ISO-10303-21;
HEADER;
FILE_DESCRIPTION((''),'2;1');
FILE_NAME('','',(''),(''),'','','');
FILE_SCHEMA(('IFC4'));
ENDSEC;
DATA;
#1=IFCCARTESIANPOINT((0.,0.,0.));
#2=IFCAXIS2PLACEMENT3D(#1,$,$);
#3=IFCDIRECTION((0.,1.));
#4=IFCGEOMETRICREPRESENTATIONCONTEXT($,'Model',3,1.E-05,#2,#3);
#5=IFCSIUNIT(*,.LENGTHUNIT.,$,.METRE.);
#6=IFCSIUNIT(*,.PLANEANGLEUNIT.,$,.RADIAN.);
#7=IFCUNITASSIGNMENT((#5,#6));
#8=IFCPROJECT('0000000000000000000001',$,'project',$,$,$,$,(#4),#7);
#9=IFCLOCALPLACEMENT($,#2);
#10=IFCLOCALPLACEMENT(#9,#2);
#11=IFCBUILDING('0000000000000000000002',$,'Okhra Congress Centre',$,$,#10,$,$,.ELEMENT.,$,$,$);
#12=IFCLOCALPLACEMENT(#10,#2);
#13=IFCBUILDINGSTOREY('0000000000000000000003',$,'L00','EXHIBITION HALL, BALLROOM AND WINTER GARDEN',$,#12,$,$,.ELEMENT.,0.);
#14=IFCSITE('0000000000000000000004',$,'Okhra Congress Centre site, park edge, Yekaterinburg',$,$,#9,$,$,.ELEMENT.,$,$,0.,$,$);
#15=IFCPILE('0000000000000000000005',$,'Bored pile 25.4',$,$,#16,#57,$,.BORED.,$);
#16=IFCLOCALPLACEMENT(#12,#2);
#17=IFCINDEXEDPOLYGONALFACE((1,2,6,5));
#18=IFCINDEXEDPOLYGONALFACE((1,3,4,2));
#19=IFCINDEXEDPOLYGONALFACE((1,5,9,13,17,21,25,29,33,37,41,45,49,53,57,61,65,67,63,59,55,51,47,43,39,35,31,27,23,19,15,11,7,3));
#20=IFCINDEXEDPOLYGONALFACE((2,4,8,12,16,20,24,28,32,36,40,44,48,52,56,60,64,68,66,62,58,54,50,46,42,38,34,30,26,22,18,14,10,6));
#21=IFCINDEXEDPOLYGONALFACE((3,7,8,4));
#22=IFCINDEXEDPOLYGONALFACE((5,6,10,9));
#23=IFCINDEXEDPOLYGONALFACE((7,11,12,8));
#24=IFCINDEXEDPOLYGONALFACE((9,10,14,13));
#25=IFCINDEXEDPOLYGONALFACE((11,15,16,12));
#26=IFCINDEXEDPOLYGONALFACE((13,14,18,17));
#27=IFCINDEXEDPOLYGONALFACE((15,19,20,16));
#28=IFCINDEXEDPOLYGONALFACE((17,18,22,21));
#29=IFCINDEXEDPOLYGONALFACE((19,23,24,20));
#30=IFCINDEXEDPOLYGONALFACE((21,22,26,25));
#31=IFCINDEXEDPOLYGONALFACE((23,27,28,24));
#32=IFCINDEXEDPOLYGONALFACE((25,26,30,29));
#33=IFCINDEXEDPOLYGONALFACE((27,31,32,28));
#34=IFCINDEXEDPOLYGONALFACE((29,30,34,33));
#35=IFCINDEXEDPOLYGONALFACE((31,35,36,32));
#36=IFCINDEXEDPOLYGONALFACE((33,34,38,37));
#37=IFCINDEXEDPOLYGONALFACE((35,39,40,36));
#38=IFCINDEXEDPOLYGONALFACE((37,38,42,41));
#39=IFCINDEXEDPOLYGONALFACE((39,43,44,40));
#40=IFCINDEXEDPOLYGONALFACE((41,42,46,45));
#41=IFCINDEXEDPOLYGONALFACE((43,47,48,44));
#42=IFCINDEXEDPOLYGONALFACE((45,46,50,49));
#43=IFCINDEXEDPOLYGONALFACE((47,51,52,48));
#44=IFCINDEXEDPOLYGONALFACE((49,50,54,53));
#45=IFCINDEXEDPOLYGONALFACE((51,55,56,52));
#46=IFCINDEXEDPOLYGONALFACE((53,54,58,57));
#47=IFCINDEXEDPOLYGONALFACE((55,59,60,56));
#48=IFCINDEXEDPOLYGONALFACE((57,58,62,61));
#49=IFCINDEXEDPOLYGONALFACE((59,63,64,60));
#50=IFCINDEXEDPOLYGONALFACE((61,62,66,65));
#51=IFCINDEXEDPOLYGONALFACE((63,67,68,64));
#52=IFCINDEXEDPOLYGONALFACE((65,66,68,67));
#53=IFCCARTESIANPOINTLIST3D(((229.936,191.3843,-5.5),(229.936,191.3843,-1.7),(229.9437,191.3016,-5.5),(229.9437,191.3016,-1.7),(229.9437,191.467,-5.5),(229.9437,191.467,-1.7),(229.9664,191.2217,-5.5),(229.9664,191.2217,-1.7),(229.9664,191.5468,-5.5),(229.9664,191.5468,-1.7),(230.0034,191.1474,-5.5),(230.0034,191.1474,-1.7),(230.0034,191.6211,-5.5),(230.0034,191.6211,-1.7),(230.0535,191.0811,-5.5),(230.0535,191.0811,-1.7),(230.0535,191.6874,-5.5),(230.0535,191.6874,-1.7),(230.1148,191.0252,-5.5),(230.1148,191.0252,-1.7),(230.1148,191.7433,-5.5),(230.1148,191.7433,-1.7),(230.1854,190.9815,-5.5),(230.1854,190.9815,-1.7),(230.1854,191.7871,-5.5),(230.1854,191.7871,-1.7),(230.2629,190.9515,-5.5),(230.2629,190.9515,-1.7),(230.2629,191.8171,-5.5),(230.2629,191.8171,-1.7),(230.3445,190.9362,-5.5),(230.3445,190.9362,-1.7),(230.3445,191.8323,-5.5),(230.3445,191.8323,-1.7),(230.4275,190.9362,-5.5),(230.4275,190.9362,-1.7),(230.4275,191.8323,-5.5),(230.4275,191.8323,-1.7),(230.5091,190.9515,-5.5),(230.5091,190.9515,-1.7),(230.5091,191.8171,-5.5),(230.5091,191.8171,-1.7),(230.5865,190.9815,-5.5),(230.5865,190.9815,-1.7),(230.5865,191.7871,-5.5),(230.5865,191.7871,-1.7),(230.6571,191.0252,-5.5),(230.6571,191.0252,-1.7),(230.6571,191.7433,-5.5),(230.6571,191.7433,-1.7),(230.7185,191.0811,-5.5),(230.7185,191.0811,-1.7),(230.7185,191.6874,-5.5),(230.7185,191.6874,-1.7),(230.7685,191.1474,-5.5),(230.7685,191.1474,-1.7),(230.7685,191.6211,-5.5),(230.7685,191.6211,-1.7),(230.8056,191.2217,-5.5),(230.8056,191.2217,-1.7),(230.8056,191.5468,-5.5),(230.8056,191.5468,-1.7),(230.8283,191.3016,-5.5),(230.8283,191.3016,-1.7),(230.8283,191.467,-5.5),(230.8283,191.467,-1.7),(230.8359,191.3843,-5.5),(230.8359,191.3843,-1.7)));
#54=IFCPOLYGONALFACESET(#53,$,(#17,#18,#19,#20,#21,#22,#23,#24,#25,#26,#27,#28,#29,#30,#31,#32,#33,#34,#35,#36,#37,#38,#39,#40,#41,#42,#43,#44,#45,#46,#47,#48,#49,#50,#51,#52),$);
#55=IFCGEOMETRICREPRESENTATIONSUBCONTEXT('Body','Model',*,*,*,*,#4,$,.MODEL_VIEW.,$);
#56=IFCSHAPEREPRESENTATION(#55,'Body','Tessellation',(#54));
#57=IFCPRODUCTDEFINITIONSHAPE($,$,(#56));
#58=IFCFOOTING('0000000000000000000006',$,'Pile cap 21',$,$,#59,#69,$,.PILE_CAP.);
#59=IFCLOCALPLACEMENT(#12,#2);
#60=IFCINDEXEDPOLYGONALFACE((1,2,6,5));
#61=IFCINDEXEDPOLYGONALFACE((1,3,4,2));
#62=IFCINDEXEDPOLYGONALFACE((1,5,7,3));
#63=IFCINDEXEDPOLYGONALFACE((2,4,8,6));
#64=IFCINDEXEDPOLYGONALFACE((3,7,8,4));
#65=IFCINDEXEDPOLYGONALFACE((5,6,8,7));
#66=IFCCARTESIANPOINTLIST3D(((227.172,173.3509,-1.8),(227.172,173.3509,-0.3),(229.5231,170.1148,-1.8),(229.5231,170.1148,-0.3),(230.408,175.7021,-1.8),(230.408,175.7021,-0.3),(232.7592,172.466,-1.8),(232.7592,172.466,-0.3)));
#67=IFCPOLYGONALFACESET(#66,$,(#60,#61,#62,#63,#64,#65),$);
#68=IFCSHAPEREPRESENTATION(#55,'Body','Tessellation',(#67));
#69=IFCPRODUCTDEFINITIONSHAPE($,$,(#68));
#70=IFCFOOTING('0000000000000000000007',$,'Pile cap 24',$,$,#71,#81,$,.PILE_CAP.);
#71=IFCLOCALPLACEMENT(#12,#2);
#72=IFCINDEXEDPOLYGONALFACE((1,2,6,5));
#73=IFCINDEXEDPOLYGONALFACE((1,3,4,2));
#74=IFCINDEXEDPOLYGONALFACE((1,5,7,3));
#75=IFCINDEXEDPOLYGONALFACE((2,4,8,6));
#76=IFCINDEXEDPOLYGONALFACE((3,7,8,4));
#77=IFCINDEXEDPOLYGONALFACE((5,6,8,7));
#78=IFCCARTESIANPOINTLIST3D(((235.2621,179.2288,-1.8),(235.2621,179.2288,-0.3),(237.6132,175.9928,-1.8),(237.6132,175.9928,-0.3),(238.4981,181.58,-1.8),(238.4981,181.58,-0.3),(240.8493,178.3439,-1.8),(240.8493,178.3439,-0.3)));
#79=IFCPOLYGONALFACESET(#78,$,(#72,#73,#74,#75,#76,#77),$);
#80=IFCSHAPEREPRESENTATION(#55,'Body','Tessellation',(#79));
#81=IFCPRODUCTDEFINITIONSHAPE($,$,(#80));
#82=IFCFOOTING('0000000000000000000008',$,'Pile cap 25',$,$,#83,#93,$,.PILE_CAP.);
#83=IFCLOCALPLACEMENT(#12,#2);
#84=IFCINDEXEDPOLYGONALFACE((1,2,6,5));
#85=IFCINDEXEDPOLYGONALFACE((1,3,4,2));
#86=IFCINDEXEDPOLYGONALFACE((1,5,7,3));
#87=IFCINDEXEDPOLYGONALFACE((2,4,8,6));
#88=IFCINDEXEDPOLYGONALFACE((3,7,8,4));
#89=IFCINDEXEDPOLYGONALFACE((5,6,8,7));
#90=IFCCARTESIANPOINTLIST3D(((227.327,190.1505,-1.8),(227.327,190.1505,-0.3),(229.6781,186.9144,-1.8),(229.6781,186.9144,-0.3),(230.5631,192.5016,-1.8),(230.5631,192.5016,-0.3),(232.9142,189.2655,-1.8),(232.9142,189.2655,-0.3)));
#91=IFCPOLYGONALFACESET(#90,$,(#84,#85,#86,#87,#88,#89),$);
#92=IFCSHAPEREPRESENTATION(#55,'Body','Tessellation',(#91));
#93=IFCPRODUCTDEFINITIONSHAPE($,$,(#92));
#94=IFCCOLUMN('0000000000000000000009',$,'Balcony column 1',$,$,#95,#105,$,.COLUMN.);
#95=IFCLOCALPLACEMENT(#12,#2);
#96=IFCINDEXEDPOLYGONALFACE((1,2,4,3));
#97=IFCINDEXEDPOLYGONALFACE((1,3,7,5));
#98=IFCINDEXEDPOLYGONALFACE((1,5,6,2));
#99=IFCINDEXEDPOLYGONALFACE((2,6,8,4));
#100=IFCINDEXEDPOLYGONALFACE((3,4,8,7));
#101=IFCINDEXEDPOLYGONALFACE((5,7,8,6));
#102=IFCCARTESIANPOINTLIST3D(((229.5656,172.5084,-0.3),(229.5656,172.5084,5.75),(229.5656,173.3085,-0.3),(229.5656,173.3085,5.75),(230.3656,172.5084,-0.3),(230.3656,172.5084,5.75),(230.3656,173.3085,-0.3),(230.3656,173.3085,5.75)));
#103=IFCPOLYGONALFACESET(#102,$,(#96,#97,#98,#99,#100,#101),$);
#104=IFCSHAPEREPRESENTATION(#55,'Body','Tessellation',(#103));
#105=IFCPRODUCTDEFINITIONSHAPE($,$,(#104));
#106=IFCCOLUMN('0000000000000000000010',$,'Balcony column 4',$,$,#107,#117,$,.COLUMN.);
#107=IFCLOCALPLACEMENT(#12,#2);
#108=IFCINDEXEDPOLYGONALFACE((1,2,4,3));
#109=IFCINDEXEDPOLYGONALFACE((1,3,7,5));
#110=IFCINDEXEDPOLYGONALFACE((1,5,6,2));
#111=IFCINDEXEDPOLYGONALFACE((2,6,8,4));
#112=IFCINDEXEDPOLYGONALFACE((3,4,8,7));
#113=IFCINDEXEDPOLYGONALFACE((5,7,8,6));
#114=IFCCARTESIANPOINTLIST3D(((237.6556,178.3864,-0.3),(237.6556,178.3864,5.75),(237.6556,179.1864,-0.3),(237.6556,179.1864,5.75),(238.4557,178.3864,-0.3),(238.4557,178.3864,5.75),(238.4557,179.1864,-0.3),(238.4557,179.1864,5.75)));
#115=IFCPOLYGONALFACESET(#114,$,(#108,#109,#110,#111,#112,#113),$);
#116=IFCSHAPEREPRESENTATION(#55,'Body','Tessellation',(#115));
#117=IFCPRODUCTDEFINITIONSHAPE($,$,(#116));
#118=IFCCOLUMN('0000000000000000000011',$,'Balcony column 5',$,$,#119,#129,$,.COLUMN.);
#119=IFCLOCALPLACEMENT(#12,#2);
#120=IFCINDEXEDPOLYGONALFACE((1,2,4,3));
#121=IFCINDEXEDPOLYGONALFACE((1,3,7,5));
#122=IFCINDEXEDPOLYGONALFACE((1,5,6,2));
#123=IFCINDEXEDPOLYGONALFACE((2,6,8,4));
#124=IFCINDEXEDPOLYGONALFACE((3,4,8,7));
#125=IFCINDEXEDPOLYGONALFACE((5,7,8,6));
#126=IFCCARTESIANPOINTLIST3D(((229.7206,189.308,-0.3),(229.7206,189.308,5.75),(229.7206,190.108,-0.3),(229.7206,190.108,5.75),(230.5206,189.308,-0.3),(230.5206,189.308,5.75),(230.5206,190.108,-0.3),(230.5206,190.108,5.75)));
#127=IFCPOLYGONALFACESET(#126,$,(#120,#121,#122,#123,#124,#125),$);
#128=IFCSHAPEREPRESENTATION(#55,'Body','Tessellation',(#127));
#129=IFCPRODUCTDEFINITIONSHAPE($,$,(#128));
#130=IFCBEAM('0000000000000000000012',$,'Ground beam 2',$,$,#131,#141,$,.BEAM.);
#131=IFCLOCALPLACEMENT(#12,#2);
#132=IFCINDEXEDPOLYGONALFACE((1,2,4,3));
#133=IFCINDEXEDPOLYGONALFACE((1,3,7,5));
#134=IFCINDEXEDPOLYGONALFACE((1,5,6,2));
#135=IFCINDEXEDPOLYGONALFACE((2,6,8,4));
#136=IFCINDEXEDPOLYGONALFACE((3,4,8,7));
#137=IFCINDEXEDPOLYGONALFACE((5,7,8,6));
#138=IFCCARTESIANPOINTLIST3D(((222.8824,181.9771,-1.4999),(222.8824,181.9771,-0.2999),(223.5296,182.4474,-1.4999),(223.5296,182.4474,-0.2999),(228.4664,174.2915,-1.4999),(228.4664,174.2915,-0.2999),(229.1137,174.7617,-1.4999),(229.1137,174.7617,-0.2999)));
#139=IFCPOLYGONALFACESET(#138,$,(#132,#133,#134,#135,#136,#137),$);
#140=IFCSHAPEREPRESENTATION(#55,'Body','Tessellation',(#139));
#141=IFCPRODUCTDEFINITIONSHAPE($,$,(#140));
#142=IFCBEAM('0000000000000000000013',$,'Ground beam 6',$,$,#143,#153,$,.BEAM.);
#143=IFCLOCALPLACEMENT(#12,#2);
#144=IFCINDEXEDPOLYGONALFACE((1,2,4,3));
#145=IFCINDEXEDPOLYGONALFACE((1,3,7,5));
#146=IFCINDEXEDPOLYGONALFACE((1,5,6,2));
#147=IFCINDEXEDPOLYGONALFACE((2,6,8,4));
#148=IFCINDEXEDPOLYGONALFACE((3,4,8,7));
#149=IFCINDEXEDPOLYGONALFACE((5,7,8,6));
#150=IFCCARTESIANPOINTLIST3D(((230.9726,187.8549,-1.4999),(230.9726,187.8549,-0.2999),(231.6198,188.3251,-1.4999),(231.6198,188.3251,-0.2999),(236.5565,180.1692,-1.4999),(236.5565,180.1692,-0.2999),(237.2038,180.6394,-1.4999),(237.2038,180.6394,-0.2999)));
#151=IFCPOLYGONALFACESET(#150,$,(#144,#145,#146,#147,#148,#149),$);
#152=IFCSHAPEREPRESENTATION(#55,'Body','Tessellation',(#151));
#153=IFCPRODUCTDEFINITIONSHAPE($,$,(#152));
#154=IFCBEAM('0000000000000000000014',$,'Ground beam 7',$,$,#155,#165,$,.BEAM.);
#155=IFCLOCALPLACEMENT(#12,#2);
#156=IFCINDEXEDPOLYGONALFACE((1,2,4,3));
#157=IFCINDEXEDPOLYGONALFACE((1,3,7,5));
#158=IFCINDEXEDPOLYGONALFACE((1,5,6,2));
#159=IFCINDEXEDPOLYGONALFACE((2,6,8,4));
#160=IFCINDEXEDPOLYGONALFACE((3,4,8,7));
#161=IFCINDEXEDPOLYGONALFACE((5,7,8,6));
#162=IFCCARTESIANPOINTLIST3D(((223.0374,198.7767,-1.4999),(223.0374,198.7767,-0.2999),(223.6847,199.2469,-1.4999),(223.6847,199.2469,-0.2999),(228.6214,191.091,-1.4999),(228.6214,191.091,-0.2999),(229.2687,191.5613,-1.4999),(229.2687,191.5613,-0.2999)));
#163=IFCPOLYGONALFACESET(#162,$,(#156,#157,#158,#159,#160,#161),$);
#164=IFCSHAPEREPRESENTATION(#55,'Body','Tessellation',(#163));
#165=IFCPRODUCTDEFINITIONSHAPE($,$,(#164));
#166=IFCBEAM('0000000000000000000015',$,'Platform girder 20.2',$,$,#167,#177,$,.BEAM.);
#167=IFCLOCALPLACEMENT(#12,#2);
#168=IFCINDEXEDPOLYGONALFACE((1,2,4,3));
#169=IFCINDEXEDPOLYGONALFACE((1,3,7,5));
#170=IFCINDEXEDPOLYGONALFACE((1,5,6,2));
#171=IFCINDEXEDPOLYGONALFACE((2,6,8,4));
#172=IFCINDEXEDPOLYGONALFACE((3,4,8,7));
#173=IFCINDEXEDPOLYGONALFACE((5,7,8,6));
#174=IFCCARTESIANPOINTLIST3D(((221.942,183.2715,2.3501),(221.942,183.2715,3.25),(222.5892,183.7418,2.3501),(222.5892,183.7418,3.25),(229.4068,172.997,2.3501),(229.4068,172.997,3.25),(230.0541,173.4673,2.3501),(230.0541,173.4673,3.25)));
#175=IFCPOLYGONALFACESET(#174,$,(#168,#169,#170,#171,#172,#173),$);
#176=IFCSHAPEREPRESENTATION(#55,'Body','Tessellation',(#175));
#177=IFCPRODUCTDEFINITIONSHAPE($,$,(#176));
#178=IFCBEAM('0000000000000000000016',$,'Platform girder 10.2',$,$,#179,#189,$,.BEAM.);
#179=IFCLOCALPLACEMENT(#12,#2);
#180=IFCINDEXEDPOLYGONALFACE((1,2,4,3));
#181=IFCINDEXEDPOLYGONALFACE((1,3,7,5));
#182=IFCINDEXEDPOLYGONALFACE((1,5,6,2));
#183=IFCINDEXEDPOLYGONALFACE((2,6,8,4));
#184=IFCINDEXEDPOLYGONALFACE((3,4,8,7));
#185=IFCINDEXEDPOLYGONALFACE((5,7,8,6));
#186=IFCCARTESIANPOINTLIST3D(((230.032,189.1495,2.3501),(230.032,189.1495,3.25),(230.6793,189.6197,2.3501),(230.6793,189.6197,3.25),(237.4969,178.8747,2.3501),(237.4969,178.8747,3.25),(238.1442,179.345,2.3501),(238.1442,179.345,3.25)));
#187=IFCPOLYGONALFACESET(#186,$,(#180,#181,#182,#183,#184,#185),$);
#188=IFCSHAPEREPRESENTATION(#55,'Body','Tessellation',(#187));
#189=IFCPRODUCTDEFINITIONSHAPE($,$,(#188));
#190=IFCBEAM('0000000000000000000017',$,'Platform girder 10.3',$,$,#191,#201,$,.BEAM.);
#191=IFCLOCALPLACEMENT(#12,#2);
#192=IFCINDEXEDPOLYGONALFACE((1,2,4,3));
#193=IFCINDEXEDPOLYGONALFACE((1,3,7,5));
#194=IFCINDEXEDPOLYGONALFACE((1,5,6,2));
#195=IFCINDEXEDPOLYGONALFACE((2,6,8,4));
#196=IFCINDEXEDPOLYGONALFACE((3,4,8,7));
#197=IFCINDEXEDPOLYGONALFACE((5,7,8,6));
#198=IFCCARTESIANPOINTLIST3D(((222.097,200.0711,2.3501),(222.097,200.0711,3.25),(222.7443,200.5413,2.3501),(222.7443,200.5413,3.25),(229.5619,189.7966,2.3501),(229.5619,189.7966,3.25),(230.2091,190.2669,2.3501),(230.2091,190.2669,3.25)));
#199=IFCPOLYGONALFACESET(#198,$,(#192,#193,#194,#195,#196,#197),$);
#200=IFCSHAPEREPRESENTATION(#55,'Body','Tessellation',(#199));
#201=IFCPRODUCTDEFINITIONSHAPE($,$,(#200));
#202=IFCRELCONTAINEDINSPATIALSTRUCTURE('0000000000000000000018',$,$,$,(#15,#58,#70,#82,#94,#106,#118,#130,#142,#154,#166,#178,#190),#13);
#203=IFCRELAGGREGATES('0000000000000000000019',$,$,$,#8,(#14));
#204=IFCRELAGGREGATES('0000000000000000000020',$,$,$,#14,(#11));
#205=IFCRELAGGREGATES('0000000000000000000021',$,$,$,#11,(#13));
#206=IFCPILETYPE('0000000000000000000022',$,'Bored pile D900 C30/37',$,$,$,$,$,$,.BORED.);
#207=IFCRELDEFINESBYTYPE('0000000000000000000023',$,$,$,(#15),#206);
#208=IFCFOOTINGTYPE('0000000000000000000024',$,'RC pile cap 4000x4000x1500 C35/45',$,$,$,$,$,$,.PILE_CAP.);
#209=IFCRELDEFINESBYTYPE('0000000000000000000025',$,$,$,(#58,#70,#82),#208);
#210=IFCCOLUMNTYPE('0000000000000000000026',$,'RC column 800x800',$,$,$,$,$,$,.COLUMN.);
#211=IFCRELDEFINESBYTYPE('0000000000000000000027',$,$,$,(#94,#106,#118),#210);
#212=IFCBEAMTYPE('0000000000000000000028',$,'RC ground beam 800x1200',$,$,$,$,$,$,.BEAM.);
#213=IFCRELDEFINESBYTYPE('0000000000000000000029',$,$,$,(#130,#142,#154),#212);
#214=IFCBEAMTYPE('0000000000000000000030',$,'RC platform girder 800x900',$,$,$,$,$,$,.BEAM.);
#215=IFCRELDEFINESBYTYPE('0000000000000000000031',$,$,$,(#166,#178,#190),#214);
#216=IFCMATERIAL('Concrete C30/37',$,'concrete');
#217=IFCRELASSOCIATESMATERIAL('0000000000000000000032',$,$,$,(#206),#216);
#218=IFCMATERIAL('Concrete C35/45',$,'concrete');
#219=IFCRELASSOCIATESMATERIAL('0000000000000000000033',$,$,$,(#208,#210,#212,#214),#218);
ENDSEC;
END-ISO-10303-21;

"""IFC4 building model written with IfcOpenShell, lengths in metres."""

from ifc_helpers import new_model, si_unit, direction, frame, origin, origin_2d, place, context, subcontext, project, spatial, rectangle, circle, extrude, material, material_profile, profile_set, type_object, element, save


model = new_model("IFC4")

# Units and contexts
model_context = context("Model", 3, precision=1e-05, world=origin(), true_north=direction((0.0, 1.0)))
body_context = subcontext(model_context, "Body", "Model", "MODEL_VIEW")
ifc_project = project(units=[si_unit("LENGTHUNIT", "METRE"), si_unit("PLANEANGLEUNIT", "RADIAN")], contexts=[model_context])

# Site, building, storey
site_placement = place(None, origin())
site = spatial("IfcSite", under=ifc_project, at=site_placement, Name="Okhra Congress Centre site, park edge, Yekaterinburg", CompositionType="ELEMENT", RefElevation=0.0)
building_placement = place(site_placement, origin())
building = spatial("IfcBuilding", under=site, at=building_placement, Name="Okhra Congress Centre", CompositionType="ELEMENT")
storey_placement = place(building_placement, origin())
storey = spatial("IfcBuildingStorey", under=building, at=storey_placement, Name="L00", Description="EXHIBITION HALL, BALLROOM AND WINTER GARDEN", CompositionType="ELEMENT", Elevation=0.0)

# Pile
ifc_material_1 = material(Name="Concrete C30/37", Category="concrete")
ifc_material_profile_1 = material_profile(ifc_material_1, circle(Radius=0.45, at=origin_2d()), Name="D900")
ifc_profile_set_1 = profile_set([ifc_material_profile_1], Name="Concrete C30/37")
pile_type = type_object("IfcPileType", Name="Bored pile D900 C30/37", PredefinedType="BORED", material=ifc_profile_set_1)
for number, where, z_axis, x_axis, name in (
    (1, (230.386, 191.3843, -1.7), (0.0, 0.0, -1.0), (1.0, 0.0, 0.0), "Bored pile 25.4"),
):
    element("IfcPile", number, at=place(storey_placement, frame(where, z_axis=z_axis, x_axis=x_axis)), inside=storey, type_object=pile_type, Name=name, PredefinedType="BORED", context=body_context, shape_type="SweptSolid", body=[
        extrude(circle(Radius=0.45, at=origin_2d()), origin(), (0.0, 0.0, 1.0), 3.8),
    ])

# Footings
ifc_material_2 = material(Name="Concrete C35/45", Category="concrete")
footing_type = type_object("IfcFootingType", Name="RC pile cap 4000x4000x1500 C35/45", PredefinedType="PILE_CAP", material=ifc_material_2)
for number, where, z_axis, x_axis, name in (
    (2, (229.9656, 172.9084, -1.8), (0.0, 0.0, 1.0), (0.809017, 0.587785, 0.0), "Pile cap 21"),
    (3, (238.0557, 178.7864, -1.8), (0.0, 0.0, 1.0), (0.809017, 0.587785, 0.0), "Pile cap 24"),
    (4, (230.1206, 189.708, -1.8), (0.0, 0.0, 1.0), (0.809017, 0.587785, 0.0), "Pile cap 25"),
):
    element("IfcFooting", number, at=place(storey_placement, frame(where, z_axis=z_axis, x_axis=x_axis)), inside=storey, type_object=footing_type, Name=name, PredefinedType="PILE_CAP", context=body_context, shape_type="SweptSolid", body=[
        extrude(rectangle(XDim=4.0, YDim=4.0, at=origin_2d()), origin(), (0.0, 0.0, 1.0), 1.5),
    ])

# Columns
ifc_material_profile_2 = material_profile(ifc_material_2, rectangle(XDim=0.8, YDim=0.8, at=origin_2d()), Name="RC column 800x800")
ifc_profile_set_2 = profile_set([ifc_material_profile_2], Name="Concrete C35/45")
column_type = type_object("IfcColumnType", Name="RC column 800x800", PredefinedType="COLUMN", material=ifc_profile_set_2)
for number, where, z_axis, x_axis, name in (
    (5, (229.9656, 172.9084, -0.3), (0.0, 0.0, 1.0), (1.0, 0.0, 0.0), "Balcony column 1"),
    (6, (238.0557, 178.7864, -0.3), (0.0, 0.0, 1.0), (1.0, 0.0, 0.0), "Balcony column 4"),
    (7, (230.1206, 189.708, -0.3), (0.0, 0.0, 1.0), (1.0, 0.0, 0.0), "Balcony column 5"),
):
    element("IfcColumn", number, at=place(storey_placement, frame(where, z_axis=z_axis, x_axis=x_axis)), inside=storey, type_object=column_type, Name=name, PredefinedType="COLUMN", context=body_context, shape_type="SweptSolid", body=[
        extrude(rectangle(XDim=0.8, YDim=0.8, at=origin_2d()), origin(), (0.0, 0.0, 1.0), 6.05),
    ])

# Beams
ifc_material_profile_3 = material_profile(ifc_material_2, rectangle(XDim=0.8, YDim=1.2, at=origin_2d()), Name="RC ground beam 800x1200")
ifc_profile_set_3 = profile_set([ifc_material_profile_3], Name="Concrete C35/45")
beam_type_1 = type_object("IfcBeamType", Name="RC ground beam 800x1200", PredefinedType="BEAM", material=ifc_profile_set_3)
for number, where, z_axis, x_axis, name in (
    (8, (228.79, 174.5266, -0.8999), (-0.587793, 0.809012, 0.0), (-0.809012, -0.587793, 0.0), "Ground beam 2"),
    (9, (236.8801, 180.4043, -0.8999), (-0.58778, 0.80902, 0.0), (-0.80902, -0.58778, 0.0), "Ground beam 6"),
    (10, (228.9451, 191.3262, -0.8999), (-0.587793, 0.809012, 0.0), (-0.809012, -0.587793, 0.0), "Ground beam 7"),
):
    element("IfcBeam", number, at=place(storey_placement, frame(where, z_axis=z_axis, x_axis=x_axis)), inside=storey, type_object=beam_type_1, Name=name, PredefinedType="BEAM", context=body_context, shape_type="SweptSolid", body=[
        extrude(rectangle(XDim=0.8, YDim=1.2, at=origin_2d()), origin(), (0.0, 0.0, 1.0), 9.5),
    ])
ifc_material_profile_4 = material_profile(ifc_material_2, rectangle(XDim=0.8, YDim=0.8999, at=origin_2d()), Name="RC platform girder 800x900")
ifc_profile_set_4 = profile_set([ifc_material_profile_4], Name="Concrete C35/45")
beam_type_2 = type_object("IfcBeamType", Name="RC platform girder 800x900", PredefinedType="BEAM", material=ifc_profile_set_4)
beam_1_placement = place(storey_placement, frame((229.7305, 173.2322, 2.8), z_axis=(-0.587788, 0.809015, 0.0), x_axis=(-0.809015, -0.587788, 0.0)))
element("IfcBeam", 11, at=beam_1_placement, inside=storey, type_object=beam_type_2, Name="Platform girder 20.2", PredefinedType="BEAM", context=body_context, shape_type="SweptSolid", body=[
    extrude(rectangle(XDim=0.8, YDim=0.8999, at=origin_2d()), origin(), (0.0, 0.0, 1.0), 12.7),
])
beam_2_placement = place(storey_placement, frame((237.8206, 179.1099, 2.8), z_axis=(-0.587778, 0.809022, 0.0), x_axis=(-0.809022, -0.587778, 0.0)))
element("IfcBeam", 12, at=beam_2_placement, inside=storey, type_object=beam_type_2, Name="Platform girder 10.2", PredefinedType="BEAM", context=body_context, shape_type="SweptSolid", body=[
    extrude(rectangle(XDim=0.8, YDim=0.8999, at=origin_2d()), origin(), (0.0, 0.0, 1.0), 12.7002),
])
beam_3_placement = place(storey_placement, frame((229.8855, 190.0317, 2.8), z_axis=(-0.587788, 0.809015, 0.0), x_axis=(-0.809015, -0.587788, 0.0)))
element("IfcBeam", 13, at=beam_3_placement, inside=storey, type_object=beam_type_2, Name="Platform girder 10.3", PredefinedType="BEAM", context=body_context, shape_type="SweptSolid", body=[
    extrude(rectangle(XDim=0.8, YDim=0.8999, at=origin_2d()), origin(), (0.0, 0.0, 1.0), 12.7),
])

save(model, "model.ifc")
